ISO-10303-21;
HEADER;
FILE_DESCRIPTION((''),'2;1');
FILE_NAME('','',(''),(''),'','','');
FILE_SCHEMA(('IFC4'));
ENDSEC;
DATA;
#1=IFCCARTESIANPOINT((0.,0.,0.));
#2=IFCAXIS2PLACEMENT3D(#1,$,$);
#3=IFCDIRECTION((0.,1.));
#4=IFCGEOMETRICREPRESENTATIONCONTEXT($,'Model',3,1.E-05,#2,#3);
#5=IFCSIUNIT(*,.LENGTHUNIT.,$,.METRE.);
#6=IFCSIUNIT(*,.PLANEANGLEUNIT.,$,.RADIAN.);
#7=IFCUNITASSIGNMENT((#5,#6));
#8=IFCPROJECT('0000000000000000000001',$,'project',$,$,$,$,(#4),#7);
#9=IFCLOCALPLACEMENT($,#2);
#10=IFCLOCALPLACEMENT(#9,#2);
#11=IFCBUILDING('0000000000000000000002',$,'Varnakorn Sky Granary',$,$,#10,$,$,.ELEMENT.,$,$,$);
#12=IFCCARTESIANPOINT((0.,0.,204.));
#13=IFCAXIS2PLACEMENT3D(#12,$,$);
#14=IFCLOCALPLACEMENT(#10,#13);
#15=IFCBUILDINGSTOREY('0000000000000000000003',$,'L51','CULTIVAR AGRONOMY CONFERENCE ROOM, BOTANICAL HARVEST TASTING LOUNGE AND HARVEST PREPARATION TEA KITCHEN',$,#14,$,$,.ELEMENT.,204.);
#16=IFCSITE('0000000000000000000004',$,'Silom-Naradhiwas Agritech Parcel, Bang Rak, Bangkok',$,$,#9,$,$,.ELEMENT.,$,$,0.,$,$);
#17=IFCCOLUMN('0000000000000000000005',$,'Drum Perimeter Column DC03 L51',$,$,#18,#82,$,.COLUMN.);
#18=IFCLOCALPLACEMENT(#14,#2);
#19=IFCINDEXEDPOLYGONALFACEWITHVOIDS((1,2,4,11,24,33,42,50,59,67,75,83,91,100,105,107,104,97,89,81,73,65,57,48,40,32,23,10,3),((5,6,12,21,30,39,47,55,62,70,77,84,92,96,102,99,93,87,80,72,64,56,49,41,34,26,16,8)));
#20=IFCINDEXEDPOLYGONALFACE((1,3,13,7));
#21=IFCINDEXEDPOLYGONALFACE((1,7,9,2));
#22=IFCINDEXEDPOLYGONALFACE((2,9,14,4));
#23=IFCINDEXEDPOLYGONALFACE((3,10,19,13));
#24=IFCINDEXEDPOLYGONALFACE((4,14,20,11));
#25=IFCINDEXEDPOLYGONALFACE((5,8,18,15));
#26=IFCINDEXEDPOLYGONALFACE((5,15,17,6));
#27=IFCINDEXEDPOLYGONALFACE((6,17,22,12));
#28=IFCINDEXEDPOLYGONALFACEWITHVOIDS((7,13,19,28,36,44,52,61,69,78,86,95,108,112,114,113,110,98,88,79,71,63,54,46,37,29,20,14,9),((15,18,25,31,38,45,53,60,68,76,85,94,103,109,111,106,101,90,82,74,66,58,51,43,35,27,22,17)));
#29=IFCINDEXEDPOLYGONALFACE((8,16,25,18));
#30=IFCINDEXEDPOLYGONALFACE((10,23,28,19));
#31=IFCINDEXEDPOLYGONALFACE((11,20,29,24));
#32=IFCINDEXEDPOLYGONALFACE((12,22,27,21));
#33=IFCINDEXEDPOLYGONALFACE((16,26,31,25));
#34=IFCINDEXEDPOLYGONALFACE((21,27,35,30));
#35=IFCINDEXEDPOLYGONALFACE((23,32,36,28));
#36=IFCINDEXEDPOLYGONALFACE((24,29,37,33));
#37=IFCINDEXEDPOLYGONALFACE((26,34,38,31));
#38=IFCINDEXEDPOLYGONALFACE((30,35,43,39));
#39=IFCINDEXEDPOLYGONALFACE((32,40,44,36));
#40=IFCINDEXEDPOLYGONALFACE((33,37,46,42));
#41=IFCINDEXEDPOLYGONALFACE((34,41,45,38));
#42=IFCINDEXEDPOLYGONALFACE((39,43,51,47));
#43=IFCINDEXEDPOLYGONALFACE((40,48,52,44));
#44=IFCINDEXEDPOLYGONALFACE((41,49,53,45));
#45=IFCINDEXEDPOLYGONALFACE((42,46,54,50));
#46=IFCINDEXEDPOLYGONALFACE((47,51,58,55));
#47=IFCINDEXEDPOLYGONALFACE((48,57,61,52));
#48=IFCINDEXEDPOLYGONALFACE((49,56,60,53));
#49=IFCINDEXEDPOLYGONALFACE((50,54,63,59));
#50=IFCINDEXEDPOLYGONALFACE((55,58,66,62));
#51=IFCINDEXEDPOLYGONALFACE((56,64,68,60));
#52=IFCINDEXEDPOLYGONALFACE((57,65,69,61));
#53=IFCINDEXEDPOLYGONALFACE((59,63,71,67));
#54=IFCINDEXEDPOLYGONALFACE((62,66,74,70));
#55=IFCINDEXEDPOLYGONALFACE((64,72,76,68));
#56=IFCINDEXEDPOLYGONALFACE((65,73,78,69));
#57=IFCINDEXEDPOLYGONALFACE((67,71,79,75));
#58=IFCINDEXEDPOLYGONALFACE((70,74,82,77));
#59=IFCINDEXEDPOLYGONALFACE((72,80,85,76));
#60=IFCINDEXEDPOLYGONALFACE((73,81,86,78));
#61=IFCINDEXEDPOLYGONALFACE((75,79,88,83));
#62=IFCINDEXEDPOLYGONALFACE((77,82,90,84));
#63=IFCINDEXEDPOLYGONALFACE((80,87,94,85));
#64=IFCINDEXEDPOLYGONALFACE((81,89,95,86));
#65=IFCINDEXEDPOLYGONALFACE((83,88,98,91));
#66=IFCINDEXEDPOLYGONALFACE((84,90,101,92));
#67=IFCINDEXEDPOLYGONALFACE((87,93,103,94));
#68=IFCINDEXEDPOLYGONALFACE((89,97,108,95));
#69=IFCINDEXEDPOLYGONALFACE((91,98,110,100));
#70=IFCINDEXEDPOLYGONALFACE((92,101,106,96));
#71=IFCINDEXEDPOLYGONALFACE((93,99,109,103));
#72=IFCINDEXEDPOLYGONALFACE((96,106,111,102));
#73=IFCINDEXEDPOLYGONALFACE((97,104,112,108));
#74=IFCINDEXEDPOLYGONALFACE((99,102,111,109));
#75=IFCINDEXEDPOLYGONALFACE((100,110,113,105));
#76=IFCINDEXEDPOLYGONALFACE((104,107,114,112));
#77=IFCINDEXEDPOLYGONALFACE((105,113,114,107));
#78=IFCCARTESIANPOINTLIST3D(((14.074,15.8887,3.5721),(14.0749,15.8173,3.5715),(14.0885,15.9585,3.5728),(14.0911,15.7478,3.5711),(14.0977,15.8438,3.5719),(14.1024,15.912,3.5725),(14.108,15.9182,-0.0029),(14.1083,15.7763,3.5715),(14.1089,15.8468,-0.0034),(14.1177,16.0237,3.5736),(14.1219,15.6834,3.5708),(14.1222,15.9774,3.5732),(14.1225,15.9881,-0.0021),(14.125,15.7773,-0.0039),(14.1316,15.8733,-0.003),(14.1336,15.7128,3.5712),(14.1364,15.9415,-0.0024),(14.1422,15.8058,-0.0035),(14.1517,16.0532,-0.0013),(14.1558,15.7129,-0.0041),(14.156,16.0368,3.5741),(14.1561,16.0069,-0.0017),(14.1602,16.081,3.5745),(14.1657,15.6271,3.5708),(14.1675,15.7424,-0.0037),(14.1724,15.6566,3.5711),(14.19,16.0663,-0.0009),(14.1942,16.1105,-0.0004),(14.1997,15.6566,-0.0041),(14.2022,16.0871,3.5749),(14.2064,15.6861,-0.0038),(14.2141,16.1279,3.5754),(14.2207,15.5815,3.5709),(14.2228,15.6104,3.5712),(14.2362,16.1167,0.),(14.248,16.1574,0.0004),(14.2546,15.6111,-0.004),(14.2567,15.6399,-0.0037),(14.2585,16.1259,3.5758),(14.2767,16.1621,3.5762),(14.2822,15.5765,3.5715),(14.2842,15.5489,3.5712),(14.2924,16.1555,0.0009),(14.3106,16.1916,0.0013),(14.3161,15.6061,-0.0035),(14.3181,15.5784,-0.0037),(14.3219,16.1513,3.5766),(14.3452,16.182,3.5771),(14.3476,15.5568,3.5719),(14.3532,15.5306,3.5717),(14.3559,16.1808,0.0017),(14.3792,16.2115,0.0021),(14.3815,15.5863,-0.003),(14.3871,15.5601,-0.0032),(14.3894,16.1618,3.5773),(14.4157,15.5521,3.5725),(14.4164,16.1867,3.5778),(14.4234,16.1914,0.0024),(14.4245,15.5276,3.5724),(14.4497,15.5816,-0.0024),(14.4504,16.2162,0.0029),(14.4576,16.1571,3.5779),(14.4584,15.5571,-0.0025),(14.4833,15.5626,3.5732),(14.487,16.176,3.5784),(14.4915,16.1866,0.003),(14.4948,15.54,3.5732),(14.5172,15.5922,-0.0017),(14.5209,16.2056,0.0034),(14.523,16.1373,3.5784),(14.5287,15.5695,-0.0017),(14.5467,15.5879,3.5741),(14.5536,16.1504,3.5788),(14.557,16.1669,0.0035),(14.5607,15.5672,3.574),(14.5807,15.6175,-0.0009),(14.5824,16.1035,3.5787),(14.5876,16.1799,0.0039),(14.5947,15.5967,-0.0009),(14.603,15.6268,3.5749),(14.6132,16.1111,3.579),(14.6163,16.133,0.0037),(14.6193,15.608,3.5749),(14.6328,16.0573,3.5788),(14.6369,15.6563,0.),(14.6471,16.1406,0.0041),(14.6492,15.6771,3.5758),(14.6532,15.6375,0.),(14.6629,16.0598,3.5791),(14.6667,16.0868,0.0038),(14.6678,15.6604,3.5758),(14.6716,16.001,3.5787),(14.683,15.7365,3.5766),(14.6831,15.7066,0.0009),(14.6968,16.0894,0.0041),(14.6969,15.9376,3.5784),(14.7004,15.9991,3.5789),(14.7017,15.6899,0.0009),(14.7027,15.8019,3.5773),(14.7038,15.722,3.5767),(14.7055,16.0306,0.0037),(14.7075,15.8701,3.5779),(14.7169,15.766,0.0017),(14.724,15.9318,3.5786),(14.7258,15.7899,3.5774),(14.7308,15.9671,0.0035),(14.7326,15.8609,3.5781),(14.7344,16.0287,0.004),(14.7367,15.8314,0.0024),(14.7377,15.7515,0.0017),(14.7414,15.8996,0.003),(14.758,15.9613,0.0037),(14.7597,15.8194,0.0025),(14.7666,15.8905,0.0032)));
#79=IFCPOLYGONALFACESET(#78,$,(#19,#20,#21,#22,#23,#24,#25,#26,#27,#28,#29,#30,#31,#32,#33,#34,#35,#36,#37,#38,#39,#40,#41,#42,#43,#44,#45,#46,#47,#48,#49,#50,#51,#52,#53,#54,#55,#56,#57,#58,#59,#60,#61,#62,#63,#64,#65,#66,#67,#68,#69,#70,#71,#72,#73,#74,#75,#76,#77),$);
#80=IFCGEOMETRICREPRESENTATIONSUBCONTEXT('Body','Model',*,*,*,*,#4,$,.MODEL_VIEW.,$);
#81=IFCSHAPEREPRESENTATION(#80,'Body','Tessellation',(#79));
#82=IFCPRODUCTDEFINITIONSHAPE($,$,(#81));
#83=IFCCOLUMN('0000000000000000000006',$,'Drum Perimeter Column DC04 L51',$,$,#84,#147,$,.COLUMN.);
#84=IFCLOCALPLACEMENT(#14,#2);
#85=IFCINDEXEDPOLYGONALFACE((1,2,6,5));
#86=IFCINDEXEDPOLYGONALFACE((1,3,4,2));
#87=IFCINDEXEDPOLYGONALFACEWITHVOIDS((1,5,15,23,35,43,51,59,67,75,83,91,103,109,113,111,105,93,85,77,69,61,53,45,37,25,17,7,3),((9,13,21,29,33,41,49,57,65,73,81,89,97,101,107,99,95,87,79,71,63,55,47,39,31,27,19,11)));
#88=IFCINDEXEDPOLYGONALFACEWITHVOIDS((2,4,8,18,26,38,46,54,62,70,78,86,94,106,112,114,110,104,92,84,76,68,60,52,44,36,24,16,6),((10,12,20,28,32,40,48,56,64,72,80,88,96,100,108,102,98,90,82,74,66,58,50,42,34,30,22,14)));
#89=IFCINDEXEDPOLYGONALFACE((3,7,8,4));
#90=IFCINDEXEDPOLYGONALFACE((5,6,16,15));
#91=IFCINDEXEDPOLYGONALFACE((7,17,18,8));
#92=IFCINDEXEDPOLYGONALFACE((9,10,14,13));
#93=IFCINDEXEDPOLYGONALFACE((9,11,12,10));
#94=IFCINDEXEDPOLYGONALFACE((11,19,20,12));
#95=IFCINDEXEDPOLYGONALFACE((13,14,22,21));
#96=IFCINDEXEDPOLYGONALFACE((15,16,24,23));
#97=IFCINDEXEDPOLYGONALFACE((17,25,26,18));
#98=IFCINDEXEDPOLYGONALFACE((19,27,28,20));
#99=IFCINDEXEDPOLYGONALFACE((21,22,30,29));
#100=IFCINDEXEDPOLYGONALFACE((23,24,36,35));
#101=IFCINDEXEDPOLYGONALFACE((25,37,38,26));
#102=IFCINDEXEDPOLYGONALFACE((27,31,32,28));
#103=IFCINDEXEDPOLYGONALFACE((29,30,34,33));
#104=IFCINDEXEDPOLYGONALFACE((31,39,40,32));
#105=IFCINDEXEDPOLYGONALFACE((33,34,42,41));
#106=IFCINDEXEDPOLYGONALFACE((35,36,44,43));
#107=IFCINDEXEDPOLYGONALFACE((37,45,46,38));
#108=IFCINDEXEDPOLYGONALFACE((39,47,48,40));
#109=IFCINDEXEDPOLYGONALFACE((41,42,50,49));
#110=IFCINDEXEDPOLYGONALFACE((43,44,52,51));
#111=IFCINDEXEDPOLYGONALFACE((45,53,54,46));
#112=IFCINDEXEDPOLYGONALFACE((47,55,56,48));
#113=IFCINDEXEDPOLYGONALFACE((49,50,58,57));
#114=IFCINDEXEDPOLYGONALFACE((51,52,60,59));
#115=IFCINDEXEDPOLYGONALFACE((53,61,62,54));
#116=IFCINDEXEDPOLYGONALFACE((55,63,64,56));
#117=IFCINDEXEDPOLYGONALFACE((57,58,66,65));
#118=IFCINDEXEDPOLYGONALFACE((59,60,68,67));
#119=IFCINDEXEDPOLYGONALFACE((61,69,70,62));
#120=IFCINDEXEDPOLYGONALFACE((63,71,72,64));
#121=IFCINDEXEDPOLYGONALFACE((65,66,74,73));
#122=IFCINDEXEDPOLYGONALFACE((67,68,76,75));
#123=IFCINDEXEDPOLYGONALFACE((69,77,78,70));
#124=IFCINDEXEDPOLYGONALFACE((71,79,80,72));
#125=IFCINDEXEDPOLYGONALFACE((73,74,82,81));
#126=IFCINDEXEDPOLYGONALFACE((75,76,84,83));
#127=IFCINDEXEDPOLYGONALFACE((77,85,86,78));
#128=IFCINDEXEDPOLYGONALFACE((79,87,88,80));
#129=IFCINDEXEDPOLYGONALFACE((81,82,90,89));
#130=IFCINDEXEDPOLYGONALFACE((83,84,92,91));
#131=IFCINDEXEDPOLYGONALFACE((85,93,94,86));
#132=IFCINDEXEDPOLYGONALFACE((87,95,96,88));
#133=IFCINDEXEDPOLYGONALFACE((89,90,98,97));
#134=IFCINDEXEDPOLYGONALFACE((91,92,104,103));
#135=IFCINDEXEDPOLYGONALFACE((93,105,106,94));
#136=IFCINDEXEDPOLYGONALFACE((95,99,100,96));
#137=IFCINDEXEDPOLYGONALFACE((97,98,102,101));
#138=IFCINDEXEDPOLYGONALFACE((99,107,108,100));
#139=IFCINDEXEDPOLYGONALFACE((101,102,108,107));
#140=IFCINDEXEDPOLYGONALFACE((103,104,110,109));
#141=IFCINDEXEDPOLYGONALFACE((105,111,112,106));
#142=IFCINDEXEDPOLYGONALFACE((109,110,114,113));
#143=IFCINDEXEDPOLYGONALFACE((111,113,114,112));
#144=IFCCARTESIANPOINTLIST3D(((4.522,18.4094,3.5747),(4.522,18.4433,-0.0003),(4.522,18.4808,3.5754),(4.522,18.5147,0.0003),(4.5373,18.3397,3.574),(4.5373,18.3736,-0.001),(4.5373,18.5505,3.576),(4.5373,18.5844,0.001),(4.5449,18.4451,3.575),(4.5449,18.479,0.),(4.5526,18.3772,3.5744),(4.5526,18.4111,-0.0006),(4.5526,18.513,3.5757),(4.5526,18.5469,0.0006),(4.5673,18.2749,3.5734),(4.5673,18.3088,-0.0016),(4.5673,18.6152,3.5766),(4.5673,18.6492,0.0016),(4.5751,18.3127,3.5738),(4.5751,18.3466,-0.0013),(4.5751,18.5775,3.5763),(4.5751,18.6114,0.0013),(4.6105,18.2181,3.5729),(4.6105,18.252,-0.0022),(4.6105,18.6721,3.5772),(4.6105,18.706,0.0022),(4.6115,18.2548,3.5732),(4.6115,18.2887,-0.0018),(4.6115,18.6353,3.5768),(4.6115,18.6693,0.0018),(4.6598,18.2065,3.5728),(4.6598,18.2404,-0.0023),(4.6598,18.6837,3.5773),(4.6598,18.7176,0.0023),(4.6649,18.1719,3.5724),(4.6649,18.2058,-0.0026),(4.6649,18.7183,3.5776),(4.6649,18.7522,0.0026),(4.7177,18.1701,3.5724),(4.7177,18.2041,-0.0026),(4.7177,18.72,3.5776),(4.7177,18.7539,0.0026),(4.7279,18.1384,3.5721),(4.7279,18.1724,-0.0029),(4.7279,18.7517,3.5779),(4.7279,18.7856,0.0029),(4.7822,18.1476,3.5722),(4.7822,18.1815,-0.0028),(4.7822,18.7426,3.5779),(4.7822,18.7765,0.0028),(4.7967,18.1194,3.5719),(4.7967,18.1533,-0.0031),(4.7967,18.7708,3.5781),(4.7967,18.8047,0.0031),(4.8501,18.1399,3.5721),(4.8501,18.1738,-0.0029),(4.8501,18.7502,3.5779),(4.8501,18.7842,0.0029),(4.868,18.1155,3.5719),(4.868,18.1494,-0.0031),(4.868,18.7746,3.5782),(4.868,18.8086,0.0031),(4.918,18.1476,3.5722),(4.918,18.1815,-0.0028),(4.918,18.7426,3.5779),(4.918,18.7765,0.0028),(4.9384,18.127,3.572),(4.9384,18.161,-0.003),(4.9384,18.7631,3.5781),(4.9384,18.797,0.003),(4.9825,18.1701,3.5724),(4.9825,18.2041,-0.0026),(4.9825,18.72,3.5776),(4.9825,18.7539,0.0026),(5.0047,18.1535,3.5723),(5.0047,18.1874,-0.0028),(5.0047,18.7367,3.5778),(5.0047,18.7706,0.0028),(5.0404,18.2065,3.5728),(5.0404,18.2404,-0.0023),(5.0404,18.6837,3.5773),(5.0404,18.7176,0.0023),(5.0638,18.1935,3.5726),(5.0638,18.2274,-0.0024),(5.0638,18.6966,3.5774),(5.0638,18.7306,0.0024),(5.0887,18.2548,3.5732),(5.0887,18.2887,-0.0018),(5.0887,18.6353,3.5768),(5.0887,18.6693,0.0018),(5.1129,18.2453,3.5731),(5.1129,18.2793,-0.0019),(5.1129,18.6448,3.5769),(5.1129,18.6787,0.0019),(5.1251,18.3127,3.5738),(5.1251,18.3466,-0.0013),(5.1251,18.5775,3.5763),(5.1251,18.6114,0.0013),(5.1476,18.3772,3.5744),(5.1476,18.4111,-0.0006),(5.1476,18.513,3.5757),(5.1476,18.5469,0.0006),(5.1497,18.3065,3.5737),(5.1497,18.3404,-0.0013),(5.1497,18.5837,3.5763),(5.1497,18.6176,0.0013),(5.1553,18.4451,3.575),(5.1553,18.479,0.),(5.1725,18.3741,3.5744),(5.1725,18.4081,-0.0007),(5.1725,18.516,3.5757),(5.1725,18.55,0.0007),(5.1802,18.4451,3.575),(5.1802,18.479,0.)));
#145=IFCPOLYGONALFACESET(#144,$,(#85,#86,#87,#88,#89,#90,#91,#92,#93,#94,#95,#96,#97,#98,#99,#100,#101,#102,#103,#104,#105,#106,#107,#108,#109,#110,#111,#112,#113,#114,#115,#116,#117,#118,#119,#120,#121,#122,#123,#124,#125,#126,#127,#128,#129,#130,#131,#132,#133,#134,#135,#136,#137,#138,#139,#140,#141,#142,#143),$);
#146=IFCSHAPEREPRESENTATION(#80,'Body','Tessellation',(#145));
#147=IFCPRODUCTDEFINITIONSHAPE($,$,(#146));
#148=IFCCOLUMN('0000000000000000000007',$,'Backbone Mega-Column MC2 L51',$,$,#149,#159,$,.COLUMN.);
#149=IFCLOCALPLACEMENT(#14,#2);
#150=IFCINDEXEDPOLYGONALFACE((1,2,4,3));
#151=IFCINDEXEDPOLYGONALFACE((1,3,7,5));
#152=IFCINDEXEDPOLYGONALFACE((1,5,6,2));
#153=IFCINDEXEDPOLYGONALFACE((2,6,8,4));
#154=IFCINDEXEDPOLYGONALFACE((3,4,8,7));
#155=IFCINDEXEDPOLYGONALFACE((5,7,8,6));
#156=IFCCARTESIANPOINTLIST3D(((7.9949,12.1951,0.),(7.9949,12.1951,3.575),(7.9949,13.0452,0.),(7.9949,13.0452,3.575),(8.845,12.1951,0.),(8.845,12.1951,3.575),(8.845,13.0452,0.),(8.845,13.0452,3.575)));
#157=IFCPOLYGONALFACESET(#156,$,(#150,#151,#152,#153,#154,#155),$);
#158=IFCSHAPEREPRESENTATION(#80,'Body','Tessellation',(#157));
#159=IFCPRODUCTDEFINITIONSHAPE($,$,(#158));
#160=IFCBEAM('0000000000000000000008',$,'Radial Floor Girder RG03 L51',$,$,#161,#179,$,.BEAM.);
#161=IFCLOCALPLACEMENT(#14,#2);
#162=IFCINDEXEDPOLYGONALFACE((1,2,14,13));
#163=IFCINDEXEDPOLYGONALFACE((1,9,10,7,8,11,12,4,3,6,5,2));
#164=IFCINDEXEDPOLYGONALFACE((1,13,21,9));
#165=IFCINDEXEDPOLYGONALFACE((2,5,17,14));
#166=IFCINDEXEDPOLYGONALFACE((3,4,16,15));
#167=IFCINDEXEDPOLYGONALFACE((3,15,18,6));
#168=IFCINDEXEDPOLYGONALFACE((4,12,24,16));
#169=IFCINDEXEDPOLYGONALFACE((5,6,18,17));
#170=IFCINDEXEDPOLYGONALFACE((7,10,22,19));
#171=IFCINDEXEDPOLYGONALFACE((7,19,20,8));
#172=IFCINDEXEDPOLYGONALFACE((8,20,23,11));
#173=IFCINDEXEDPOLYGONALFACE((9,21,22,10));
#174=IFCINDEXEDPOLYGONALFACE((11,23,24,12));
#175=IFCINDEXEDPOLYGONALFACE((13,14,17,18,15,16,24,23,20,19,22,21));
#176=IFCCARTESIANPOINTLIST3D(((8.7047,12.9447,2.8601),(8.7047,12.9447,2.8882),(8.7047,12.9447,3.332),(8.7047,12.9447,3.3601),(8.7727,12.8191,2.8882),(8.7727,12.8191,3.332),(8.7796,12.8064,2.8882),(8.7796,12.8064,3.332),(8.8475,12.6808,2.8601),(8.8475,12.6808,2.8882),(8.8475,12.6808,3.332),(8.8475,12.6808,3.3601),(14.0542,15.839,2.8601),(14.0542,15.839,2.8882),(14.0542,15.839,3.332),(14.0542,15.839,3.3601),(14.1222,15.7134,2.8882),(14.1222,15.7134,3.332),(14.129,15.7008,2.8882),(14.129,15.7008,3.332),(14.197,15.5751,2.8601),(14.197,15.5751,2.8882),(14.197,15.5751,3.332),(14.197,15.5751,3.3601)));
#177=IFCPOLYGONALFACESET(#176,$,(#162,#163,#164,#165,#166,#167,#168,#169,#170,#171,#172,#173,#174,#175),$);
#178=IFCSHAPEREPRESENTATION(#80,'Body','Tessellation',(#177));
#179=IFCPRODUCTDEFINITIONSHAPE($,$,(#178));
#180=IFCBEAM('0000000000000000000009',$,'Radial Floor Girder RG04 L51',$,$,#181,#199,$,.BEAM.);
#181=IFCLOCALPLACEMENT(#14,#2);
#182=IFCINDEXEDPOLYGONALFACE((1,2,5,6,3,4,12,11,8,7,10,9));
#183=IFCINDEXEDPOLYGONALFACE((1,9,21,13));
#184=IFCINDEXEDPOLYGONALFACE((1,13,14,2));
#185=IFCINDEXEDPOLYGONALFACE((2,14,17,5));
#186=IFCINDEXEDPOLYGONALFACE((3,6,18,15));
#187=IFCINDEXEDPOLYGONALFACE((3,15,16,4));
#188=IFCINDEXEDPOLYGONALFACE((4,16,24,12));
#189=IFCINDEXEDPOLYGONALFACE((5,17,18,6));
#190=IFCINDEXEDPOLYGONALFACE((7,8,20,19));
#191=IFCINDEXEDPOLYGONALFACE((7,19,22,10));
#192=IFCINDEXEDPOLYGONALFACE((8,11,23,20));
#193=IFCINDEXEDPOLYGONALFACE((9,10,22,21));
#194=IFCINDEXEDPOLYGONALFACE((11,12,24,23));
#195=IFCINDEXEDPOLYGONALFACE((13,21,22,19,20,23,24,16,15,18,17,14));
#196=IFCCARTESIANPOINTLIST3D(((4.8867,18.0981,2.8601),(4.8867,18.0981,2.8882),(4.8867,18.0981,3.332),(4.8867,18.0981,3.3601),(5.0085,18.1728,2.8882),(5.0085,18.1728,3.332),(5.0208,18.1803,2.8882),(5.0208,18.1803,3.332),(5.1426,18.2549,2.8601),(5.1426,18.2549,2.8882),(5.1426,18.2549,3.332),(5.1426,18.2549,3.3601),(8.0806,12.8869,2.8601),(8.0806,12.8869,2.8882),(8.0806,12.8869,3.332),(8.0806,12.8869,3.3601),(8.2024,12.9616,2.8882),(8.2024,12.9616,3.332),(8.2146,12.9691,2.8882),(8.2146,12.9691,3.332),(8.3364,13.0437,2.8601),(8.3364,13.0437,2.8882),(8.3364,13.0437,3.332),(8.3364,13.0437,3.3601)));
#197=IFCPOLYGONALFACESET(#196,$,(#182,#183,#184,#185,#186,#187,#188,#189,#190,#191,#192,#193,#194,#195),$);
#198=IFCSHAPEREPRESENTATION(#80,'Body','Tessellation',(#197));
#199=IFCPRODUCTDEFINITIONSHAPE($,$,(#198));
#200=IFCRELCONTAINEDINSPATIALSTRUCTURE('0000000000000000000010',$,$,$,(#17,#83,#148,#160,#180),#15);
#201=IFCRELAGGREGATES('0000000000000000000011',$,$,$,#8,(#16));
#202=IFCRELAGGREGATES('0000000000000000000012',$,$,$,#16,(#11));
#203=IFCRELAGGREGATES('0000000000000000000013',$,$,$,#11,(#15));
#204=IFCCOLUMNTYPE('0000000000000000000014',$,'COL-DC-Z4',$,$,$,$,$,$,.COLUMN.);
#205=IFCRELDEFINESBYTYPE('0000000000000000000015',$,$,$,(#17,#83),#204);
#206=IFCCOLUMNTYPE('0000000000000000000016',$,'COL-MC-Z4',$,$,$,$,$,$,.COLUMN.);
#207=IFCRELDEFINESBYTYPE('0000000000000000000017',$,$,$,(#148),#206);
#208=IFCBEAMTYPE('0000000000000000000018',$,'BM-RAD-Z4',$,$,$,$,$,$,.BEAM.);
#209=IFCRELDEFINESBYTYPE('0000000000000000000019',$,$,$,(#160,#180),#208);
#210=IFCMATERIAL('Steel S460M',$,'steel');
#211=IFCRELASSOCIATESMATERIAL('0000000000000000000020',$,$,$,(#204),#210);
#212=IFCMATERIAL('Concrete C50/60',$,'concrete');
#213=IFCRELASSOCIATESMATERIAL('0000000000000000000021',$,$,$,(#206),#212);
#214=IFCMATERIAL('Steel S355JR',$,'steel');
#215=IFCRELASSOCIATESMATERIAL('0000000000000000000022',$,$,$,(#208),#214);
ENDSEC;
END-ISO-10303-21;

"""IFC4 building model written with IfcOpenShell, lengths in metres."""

from ifc_helpers import new_model, si_unit, direction, frame, origin, origin_2d, place, context, subcontext, project, spatial, rectangle, hollow_circle, i_section, extrude, material, material_profile, profile_set, type_object, element, save


model = new_model("IFC4")

# Units and contexts
model_context = context("Model", 3, precision=1e-05, world=origin(), true_north=direction((0.0, 1.0)))
body_context = subcontext(model_context, "Body", "Model", "MODEL_VIEW")
ifc_project = project(units=[si_unit("LENGTHUNIT", "METRE"), si_unit("PLANEANGLEUNIT", "RADIAN")], contexts=[model_context])

# Site, building, storey
site_placement = place(None, origin())
site = spatial("IfcSite", under=ifc_project, at=site_placement, Name="Silom-Naradhiwas Agritech Parcel, Bang Rak, Bangkok", CompositionType="ELEMENT", RefElevation=0.0)
building_placement = place(site_placement, origin())
building = spatial("IfcBuilding", under=site, at=building_placement, Name="Varnakorn Sky Granary", CompositionType="ELEMENT")
storey_placement = place(building_placement, frame((0.0, 0.0, 204.0)))
storey = spatial("IfcBuildingStorey", under=building, at=storey_placement, Name="L51", Description="CULTIVAR AGRONOMY CONFERENCE ROOM, BOTANICAL HARVEST TASTING LOUNGE AND HARVEST PREPARATION TEA KITCHEN", CompositionType="ELEMENT", Elevation=204.0)

# Columns
ifc_material_1 = material(Name="Steel S460M", Category="steel")
ifc_material_profile_1 = material_profile(ifc_material_1, hollow_circle(Radius=0.3301, WallThickness=0.0249, at=origin_2d()), Name="CHS 660x25")
ifc_profile_set_1 = profile_set([ifc_material_profile_1], Name="Steel S460M")
column_type_1 = type_object("IfcColumnType", Name="COL-DC-Z4", PredefinedType="COLUMN", material=ifc_profile_set_1)
for number, where, z_axis, x_axis, name in (
    (1, (14.4365, 15.8865, 0.0), (-0.009492, -0.008263, 0.999921), (0.656582, -0.754255, 0.0), "Drum Perimeter Column DC03 L51"),
    (2, (4.8501, 18.479, 0.0), (0.0, -0.009492, 0.999955), (1.0, 0.0, 0.0), "Drum Perimeter Column DC04 L51"),
):
    element("IfcColumn", number, at=place(storey_placement, frame(where, z_axis=z_axis, x_axis=x_axis)), inside=storey, type_object=column_type_1, Name=name, PredefinedType="COLUMN", context=body_context, shape_type="SweptSolid", body=[
        extrude(hollow_circle(Radius=0.3301, WallThickness=0.0249, at=origin_2d()), origin(), (0.0, 0.0, 1.0), 3.5752),
    ])
ifc_material_2 = material(Name="Concrete C50/60", Category="concrete")
ifc_material_profile_2 = material_profile(ifc_material_2, rectangle(XDim=0.8501, YDim=0.8501, at=origin_2d()), Name="RC 850x850")
ifc_profile_set_2 = profile_set([ifc_material_profile_2], Name="Concrete C50/60")
column_type_2 = type_object("IfcColumnType", Name="COL-MC-Z4", PredefinedType="COLUMN", material=ifc_profile_set_2)
column_placement = place(storey_placement, frame((8.4199, 12.6201, 0.0), z_axis=(0.0, 0.0, 1.0), x_axis=(1.0, 0.0, 0.0)))
element("IfcColumn", 3, at=column_placement, inside=storey, type_object=column_type_2, Name="Backbone Mega-Column MC2 L51", PredefinedType="COLUMN", context=body_context, shape_type="SweptSolid", body=[
    extrude(rectangle(XDim=0.8501, YDim=0.8501, at=origin_2d()), origin(), (0.0, 0.0, 1.0), 3.575),
])

# Beams
ifc_material_3 = material(Name="Steel S355JR", Category="steel")
ifc_material_profile_3 = material_profile(ifc_material_3, i_section(OverallWidth=0.3, OverallDepth=0.5, WebThickness=0.0144, FlangeThickness=0.0281, at=origin_2d()), Name="HE 500 B")
ifc_profile_set_3 = profile_set([ifc_material_profile_3], Name="Steel S355JR")
beam_type_1 = type_object("IfcBeamType", Name="BM-RAD-Z4", PredefinedType="BEAM", material=ifc_profile_set_3)
beam_1_placement = place(storey_placement, frame((8.7761, 12.8127, 3.1101), z_axis=(0.879518, 0.475865, 0.0), x_axis=(-0.475865, 0.879518, 0.0)))
element("IfcBeam", 4, at=beam_1_placement, inside=storey, type_object=beam_type_1, Name="Radial Floor Girder RG03 L51", PredefinedType="BEAM", context=body_context, shape_type="SweptSolid", body=[
    extrude(i_section(OverallWidth=0.3, OverallDepth=0.5, WebThickness=0.0144, FlangeThickness=0.0281, at=origin_2d()), origin(), (0.0, 0.0, 1.0), 6.0823),
])
beam_2_placement = place(storey_placement, frame((8.2085, 12.9653, 3.1101), z_axis=(-0.52255, 0.852609, 0.0), x_axis=(-0.852609, -0.52255, 0.0)))
element("IfcBeam", 5, at=beam_2_placement, inside=storey, type_object=beam_type_1, Name="Radial Floor Girder RG04 L51", PredefinedType="BEAM", context=body_context, shape_type="SweptSolid", body=[
    extrude(i_section(OverallWidth=0.3, OverallDepth=0.5, WebThickness=0.0144, FlangeThickness=0.0281, at=origin_2d()), origin(), (0.0, 0.0, 1.0), 6.1121),
])

save(model, "model.ifc")
